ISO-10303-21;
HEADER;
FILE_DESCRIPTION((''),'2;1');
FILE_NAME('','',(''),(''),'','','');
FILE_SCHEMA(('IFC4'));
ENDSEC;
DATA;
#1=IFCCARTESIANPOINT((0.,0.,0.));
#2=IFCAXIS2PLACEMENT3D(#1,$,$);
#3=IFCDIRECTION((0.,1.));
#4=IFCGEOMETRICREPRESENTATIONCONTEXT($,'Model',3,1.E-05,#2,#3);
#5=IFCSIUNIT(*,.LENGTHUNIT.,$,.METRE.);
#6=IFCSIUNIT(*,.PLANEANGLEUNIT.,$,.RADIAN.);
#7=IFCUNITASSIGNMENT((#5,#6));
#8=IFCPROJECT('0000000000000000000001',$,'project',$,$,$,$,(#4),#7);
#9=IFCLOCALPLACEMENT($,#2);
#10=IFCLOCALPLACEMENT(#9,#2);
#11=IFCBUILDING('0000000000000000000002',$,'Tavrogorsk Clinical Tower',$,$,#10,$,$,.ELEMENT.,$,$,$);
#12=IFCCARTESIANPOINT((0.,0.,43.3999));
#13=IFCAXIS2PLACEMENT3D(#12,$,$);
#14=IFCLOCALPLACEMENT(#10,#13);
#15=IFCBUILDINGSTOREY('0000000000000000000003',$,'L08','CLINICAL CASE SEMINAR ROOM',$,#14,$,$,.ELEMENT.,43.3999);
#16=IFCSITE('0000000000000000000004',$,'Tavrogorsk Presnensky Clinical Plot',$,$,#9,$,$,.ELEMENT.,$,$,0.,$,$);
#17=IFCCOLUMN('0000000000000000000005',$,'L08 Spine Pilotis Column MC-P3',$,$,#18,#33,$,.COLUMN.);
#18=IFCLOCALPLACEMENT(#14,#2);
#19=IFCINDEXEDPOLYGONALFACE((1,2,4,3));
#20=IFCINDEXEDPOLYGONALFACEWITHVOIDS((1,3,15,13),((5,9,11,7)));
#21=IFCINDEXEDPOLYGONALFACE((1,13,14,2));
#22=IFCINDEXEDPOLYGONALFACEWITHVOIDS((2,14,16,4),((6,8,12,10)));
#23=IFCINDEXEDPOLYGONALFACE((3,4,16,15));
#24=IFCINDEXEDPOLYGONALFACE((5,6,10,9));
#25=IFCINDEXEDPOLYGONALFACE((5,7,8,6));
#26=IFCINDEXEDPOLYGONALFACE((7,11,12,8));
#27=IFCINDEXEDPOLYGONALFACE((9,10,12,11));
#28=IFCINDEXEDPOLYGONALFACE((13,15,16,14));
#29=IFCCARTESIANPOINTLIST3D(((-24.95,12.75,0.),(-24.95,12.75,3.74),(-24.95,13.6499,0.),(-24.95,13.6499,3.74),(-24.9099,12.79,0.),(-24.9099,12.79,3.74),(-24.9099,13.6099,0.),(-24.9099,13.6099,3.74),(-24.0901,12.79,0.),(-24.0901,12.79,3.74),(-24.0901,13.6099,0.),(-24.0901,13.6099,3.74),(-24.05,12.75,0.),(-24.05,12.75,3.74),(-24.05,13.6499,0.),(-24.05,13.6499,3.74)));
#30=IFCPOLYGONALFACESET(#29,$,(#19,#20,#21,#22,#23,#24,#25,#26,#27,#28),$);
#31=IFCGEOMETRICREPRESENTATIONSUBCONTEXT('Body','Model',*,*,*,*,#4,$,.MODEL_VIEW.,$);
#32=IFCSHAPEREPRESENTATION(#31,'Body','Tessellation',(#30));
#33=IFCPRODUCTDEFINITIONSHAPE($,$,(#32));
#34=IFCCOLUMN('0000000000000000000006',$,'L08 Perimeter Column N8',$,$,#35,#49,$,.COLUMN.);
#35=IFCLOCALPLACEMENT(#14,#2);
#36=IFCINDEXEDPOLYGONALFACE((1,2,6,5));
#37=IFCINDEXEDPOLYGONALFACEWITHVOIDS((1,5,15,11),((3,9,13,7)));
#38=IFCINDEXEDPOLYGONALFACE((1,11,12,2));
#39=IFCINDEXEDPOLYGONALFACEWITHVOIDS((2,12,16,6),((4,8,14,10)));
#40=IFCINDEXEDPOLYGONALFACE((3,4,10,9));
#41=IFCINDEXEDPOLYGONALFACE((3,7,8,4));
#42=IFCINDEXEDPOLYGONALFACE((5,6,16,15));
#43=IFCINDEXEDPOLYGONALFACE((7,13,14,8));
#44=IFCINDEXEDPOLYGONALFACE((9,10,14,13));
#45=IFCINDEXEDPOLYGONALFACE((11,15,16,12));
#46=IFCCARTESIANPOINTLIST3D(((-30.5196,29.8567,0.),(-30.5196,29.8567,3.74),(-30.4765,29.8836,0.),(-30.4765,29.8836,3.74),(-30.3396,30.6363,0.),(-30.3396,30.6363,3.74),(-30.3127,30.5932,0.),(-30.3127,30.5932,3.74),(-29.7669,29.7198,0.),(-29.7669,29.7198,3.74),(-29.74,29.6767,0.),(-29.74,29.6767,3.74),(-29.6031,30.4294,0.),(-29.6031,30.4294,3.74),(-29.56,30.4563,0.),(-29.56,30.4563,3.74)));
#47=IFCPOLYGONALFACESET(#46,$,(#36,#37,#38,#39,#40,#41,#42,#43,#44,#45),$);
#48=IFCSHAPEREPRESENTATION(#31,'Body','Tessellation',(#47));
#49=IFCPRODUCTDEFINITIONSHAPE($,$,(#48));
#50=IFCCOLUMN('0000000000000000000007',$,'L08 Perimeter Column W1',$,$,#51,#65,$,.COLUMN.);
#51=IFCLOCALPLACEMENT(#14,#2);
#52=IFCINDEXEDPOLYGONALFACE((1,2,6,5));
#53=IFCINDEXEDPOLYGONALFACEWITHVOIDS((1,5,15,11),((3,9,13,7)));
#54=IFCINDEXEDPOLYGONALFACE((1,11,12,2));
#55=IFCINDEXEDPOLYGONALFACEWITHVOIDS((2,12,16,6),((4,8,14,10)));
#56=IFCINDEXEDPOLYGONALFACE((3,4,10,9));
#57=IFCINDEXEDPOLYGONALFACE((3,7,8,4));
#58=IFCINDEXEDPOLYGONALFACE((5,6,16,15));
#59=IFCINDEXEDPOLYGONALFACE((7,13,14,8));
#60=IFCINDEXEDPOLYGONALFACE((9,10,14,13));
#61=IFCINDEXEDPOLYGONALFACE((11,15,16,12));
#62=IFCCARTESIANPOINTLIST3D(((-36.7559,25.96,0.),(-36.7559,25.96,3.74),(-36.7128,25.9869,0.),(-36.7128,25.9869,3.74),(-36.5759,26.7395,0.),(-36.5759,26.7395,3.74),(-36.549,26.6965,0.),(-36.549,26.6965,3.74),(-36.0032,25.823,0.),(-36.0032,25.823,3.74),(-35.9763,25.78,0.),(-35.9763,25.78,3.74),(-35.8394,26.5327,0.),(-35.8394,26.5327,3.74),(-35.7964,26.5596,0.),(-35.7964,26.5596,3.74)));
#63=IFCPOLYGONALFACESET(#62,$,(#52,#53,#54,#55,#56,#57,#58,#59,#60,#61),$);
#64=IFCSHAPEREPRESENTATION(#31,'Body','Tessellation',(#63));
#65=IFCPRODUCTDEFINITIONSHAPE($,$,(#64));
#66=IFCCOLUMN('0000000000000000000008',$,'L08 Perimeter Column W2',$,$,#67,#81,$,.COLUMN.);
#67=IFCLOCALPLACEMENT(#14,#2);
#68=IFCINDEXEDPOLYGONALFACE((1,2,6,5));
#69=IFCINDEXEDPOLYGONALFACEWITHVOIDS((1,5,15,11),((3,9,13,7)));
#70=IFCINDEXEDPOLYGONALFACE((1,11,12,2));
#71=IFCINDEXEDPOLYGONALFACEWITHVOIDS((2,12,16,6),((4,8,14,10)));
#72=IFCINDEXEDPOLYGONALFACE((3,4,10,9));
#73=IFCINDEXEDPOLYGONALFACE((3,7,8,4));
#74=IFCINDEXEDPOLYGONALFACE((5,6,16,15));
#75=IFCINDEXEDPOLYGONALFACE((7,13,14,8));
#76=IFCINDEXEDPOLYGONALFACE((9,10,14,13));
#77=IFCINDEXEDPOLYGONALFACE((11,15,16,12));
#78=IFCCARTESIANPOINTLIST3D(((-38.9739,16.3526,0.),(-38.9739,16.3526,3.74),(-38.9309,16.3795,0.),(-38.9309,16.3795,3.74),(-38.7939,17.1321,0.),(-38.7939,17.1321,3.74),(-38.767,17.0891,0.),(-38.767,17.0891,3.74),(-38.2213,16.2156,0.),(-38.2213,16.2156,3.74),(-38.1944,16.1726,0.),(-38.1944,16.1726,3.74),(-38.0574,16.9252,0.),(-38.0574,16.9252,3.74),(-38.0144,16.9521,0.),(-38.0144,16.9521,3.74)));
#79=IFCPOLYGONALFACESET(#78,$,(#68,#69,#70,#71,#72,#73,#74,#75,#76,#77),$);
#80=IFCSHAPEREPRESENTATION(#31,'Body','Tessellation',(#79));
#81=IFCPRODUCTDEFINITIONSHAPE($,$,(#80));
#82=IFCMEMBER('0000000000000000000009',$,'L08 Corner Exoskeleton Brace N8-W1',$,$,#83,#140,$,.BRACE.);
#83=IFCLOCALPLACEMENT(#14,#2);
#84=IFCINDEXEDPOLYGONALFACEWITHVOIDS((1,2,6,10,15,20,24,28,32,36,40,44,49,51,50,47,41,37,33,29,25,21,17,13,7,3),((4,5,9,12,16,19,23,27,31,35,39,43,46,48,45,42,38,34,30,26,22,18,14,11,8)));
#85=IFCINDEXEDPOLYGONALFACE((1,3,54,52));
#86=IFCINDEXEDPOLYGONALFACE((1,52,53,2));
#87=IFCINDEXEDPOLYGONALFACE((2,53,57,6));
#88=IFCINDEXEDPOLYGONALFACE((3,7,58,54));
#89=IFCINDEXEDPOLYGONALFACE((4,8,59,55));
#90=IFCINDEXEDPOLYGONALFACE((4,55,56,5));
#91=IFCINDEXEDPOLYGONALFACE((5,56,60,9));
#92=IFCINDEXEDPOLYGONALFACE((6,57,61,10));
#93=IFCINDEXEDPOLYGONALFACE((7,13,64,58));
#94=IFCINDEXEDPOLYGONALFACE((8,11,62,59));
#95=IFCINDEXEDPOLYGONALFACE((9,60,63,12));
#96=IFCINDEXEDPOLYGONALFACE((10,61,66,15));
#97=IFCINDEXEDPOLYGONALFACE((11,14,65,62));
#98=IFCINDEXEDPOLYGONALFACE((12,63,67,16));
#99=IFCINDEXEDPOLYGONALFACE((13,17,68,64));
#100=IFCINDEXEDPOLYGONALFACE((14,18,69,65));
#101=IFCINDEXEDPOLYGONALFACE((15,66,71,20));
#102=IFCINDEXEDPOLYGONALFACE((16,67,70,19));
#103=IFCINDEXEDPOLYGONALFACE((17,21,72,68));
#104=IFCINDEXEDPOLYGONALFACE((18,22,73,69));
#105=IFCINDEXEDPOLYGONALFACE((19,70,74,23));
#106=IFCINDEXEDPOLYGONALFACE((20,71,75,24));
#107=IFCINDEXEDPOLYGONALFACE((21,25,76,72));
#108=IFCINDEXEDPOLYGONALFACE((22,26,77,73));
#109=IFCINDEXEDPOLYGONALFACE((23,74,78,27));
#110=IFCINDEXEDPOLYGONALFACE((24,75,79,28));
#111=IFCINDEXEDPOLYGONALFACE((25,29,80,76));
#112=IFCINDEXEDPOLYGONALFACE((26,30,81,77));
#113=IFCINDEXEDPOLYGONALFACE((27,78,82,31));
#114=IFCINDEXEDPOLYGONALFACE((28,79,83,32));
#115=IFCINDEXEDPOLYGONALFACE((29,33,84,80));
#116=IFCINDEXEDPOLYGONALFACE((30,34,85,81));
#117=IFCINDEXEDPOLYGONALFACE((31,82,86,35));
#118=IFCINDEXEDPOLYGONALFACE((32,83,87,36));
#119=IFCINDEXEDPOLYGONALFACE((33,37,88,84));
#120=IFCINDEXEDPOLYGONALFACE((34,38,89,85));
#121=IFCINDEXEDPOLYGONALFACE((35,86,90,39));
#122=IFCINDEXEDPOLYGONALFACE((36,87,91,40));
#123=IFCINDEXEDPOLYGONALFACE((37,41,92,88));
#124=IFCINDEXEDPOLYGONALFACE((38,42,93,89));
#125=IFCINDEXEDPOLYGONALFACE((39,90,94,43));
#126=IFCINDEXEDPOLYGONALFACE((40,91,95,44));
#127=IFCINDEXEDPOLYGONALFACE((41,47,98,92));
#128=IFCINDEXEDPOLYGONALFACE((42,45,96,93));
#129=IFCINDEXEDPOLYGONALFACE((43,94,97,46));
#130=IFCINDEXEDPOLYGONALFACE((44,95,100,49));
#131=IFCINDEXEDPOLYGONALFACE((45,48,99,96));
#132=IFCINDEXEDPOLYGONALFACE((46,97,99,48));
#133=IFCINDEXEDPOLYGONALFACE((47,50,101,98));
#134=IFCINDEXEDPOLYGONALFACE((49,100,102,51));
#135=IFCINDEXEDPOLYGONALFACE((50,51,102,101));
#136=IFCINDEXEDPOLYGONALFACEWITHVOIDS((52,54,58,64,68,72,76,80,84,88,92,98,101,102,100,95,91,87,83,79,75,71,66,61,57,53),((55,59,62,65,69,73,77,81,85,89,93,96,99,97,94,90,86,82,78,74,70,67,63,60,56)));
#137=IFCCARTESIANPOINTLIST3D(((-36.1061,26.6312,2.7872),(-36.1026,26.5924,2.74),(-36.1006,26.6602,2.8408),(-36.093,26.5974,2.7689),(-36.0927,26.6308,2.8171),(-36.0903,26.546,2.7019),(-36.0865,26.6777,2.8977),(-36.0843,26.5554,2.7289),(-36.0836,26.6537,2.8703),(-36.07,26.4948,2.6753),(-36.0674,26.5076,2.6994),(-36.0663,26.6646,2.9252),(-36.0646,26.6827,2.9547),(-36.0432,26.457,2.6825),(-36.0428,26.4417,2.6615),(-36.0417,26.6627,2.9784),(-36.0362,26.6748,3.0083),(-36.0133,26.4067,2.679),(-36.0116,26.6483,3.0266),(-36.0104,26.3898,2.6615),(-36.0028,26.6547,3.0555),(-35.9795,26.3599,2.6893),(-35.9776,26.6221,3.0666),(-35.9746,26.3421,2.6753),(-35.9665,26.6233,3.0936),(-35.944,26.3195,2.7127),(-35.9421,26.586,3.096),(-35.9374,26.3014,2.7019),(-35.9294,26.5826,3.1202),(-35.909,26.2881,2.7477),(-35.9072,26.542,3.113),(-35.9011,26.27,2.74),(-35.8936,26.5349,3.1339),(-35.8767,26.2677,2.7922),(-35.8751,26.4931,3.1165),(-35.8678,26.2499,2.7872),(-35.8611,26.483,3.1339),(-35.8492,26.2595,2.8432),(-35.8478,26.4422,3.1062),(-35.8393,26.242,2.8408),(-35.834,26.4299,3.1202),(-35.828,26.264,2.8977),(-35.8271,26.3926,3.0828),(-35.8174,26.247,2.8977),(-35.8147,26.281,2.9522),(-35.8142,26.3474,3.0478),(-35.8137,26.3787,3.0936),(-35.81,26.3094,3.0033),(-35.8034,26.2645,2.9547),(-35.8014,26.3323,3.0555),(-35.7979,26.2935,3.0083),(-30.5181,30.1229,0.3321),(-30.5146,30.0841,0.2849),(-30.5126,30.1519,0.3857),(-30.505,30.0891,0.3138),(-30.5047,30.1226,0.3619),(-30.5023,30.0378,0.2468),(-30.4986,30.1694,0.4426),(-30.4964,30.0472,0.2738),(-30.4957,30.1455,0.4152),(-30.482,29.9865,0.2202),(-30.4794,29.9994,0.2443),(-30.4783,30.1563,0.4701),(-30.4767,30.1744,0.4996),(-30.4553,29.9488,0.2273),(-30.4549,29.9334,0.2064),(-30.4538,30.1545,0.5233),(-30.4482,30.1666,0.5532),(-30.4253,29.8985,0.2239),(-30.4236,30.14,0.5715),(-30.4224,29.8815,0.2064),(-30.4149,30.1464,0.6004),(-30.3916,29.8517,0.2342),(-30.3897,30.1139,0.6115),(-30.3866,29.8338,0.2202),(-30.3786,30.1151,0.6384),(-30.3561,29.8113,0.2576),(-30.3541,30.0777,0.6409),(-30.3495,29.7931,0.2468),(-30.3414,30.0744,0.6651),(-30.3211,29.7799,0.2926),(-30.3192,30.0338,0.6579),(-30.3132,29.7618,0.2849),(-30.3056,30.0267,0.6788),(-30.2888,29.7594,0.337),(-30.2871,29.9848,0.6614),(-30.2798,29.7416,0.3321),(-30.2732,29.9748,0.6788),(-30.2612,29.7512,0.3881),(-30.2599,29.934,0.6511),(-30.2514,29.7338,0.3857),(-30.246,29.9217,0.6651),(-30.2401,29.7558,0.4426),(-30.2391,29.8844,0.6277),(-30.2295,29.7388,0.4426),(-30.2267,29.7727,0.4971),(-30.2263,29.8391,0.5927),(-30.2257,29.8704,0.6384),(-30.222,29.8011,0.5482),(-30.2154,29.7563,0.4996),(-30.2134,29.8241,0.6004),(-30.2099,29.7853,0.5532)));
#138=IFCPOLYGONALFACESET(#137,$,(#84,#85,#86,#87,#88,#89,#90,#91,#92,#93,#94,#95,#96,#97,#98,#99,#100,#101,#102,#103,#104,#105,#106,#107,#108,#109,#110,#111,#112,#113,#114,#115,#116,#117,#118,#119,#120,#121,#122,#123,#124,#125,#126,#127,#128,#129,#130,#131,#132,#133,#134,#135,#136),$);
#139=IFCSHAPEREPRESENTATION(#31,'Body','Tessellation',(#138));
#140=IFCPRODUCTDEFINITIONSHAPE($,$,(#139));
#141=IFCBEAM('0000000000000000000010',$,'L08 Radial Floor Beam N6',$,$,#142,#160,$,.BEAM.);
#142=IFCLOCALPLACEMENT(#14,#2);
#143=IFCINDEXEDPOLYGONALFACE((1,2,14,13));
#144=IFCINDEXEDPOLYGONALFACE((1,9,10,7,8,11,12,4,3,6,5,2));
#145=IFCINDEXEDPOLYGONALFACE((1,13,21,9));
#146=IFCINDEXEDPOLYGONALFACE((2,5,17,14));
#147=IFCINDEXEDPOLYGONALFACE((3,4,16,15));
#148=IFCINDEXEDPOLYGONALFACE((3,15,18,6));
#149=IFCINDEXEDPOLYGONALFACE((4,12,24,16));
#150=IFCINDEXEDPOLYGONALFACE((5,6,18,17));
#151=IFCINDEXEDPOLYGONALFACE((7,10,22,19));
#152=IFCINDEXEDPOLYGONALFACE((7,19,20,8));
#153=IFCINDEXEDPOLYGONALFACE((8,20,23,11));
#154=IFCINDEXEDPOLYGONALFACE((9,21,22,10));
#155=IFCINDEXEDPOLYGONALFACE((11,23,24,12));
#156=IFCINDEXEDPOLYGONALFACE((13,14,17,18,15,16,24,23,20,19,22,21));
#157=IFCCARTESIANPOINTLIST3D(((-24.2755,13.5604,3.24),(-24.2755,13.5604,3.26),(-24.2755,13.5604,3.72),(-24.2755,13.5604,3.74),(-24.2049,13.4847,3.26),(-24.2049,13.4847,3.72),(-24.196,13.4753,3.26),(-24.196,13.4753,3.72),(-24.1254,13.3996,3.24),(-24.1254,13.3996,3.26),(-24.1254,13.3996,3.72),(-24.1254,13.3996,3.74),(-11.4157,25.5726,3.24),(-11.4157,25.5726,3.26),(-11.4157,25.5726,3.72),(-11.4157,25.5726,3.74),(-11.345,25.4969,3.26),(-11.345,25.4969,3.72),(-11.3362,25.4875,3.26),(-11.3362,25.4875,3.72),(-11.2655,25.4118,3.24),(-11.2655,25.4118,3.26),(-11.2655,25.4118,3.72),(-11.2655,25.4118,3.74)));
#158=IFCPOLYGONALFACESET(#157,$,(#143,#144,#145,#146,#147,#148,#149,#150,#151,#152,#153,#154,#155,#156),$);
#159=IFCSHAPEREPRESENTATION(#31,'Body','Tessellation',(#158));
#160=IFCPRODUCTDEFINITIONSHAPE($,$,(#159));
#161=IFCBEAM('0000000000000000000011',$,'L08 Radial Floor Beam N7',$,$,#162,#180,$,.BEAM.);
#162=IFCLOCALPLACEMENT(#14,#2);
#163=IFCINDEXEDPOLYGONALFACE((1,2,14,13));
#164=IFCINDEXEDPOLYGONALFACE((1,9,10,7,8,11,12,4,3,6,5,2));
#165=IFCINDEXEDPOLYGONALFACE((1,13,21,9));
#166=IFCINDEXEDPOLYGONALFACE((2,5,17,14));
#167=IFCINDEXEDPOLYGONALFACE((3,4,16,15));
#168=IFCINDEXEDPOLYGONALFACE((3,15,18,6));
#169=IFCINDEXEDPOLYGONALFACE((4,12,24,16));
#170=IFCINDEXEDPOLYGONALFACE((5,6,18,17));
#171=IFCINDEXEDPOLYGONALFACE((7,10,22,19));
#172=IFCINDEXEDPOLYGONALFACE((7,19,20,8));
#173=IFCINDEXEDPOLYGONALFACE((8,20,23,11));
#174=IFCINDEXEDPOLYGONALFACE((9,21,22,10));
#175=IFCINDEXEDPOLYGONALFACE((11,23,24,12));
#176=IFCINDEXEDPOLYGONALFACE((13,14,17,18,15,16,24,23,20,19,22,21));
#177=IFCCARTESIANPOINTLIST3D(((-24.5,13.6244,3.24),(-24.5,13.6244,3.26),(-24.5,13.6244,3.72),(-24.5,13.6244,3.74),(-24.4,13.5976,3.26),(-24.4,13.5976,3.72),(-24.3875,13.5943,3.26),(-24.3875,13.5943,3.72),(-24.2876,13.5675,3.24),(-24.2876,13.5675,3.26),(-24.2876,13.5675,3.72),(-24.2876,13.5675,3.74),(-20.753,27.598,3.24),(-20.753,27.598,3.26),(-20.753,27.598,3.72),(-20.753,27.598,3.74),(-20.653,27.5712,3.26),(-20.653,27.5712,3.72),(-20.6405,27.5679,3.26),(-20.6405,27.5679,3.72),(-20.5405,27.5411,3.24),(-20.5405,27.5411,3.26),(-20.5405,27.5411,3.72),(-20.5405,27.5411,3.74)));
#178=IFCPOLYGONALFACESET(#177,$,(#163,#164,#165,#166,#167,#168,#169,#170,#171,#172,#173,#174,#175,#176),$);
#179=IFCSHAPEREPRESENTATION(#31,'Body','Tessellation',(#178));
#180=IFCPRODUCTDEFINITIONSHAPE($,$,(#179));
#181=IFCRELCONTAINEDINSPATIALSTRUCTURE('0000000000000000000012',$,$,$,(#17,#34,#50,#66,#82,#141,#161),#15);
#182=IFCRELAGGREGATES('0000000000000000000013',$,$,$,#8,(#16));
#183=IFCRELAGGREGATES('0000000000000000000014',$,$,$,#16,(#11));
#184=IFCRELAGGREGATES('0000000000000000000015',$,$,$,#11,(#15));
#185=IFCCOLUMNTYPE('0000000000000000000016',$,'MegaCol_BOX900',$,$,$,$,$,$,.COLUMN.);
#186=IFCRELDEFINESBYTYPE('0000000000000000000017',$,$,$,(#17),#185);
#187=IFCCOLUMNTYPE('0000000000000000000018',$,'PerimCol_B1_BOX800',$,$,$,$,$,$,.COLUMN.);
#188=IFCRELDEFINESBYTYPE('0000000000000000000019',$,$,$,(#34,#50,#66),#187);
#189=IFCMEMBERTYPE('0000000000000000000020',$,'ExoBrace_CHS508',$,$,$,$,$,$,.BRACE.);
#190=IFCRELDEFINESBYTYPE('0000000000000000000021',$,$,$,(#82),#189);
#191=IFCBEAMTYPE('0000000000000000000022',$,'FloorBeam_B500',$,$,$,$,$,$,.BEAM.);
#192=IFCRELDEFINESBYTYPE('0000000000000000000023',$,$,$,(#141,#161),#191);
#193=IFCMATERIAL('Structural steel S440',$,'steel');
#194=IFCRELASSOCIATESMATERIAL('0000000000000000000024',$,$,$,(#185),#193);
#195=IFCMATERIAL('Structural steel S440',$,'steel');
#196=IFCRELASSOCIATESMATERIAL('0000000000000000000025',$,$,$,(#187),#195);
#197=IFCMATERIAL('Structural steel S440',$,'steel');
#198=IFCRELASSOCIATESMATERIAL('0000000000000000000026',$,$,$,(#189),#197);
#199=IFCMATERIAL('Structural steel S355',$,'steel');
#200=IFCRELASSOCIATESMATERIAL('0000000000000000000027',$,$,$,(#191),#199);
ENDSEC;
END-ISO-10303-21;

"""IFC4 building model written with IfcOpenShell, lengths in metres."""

from ifc_helpers import new_model, si_unit, direction, frame, origin, origin_2d, place, context, subcontext, project, spatial, hollow_rectangle, hollow_circle, i_section, extrude, material, material_profile, profile_set, type_object, element, save


model = new_model("IFC4")

# Units and contexts
model_context = context("Model", 3, precision=1e-05, world=origin(), true_north=direction((0.0, 1.0)))
body_context = subcontext(model_context, "Body", "Model", "MODEL_VIEW")
ifc_project = project(units=[si_unit("LENGTHUNIT", "METRE"), si_unit("PLANEANGLEUNIT", "RADIAN")], contexts=[model_context])

# Site, building, storey
site_placement = place(None, origin())
site = spatial("IfcSite", under=ifc_project, at=site_placement, Name="Tavrogorsk Presnensky Clinical Plot", CompositionType="ELEMENT", RefElevation=0.0)
building_placement = place(site_placement, origin())
building = spatial("IfcBuilding", under=site, at=building_placement, Name="Tavrogorsk Clinical Tower", CompositionType="ELEMENT")
storey_placement = place(building_placement, frame((0.0, 0.0, 43.3999)))
storey = spatial("IfcBuildingStorey", under=building, at=storey_placement, Name="L08", Description="CLINICAL CASE SEMINAR ROOM", CompositionType="ELEMENT", Elevation=43.3999)

# Columns
ifc_material_1 = material(Name="Structural steel S440", Category="steel")
ifc_material_profile_1 = material_profile(ifc_material_1, hollow_rectangle(XDim=0.8999, YDim=0.8999, WallThickness=0.04, at=origin_2d()), Name="BOX-900x900x40")
ifc_profile_set_1 = profile_set([ifc_material_profile_1], Name="Structural steel S440")
column_type_1 = type_object("IfcColumnType", Name="MegaCol_BOX900", PredefinedType="COLUMN", material=ifc_profile_set_1)
column_placement = place(storey_placement, frame((-24.5, 13.2, 0.0), z_axis=(0.0, 0.0, 1.0), x_axis=(1.0, 0.0, 0.0)))
element("IfcColumn", 1, at=column_placement, inside=storey, type_object=column_type_1, Name="L08 Spine Pilotis Column MC-P3", PredefinedType="COLUMN", context=body_context, shape_type="SweptSolid", body=[
    extrude(hollow_rectangle(XDim=0.8999, YDim=0.8999, WallThickness=0.04, at=origin_2d()), origin(), (0.0, 0.0, 1.0), 3.74),
])
ifc_material_2 = material(Name="Structural steel S440", Category="steel")
ifc_material_profile_2 = material_profile(ifc_material_2, hollow_rectangle(XDim=0.8, YDim=0.8, WallThickness=0.0359, at=origin_2d()), Name="BOX-800x800x36")
ifc_profile_set_2 = profile_set([ifc_material_profile_2], Name="Structural steel S440")
column_type_2 = type_object("IfcColumnType", Name="PerimCol_B1_BOX800", PredefinedType="COLUMN", material=ifc_profile_set_2)
for number, where, z_axis, x_axis, name in (
    (2, (-30.0398, 30.1565, 0.0), (0.0, 0.0, 1.0), (0.97437, -0.224951, 0.0), "L08 Perimeter Column N8"),
    (3, (-36.2761, 26.2598, 0.0), (0.0, 0.0, 1.0), (0.97437, -0.224951, 0.0), "L08 Perimeter Column W1"),
    (4, (-38.4941, 16.6523, 0.0), (0.0, 0.0, 1.0), (0.97437, -0.224951, 0.0), "L08 Perimeter Column W2"),
):
    element("IfcColumn", number, at=place(storey_placement, frame(where, z_axis=z_axis, x_axis=x_axis)), inside=storey, type_object=column_type_2, Name=name, PredefinedType="COLUMN", context=body_context, shape_type="SweptSolid", body=[
        extrude(hollow_rectangle(XDim=0.8, YDim=0.8, WallThickness=0.0359, at=origin_2d()), origin(), (0.0, 0.0, 1.0), 3.74),
    ])

# Member
ifc_material_3 = material(Name="Structural steel S440", Category="steel")
ifc_material_profile_3 = material_profile(ifc_material_3, hollow_circle(Radius=0.2539, WallThickness=0.02, at=origin_2d()), Name="CHS-508x20")
ifc_profile_set_3 = profile_set([ifc_material_profile_3], Name="Structural steel S440")
member_type_1 = type_object("IfcMemberType", Name="ExoBrace_CHS508", PredefinedType="BRACE", material=ifc_profile_set_3)
member_1_placement = place(storey_placement, frame((-30.364, 29.9541, 0.4426), z_axis=(-0.794679, -0.49657, 0.349148), x_axis=(0.529919, -0.848048, 0.0)))
element("IfcMember", 5, at=member_1_placement, inside=storey, type_object=member_type_1, Name="L08 Corner Exoskeleton Brace N8-W1", PredefinedType="BRACE", context=body_context, shape_type="SweptSolid", body=[
    extrude(hollow_circle(Radius=0.2539, WallThickness=0.02, at=origin_2d()), origin(), (0.0, 0.0, 1.0), 7.0317),
])

# Beams
ifc_material_4 = material(Name="Structural steel S355", Category="steel")
ifc_material_profile_4 = material_profile(ifc_material_4, i_section(OverallWidth=0.22, OverallDepth=0.5, WebThickness=0.0129, FlangeThickness=0.02, at=origin_2d()), Name="B-500x220x13x20")
ifc_profile_set_4 = profile_set([ifc_material_profile_4], Name="Structural steel S355")
beam_type_1 = type_object("IfcBeamType", Name="FloorBeam_B500", PredefinedType="BEAM", material=ifc_profile_set_4)
beam_1_placement = place(storey_placement, frame((-24.2004, 13.48, 3.49), z_axis=(0.730781, 0.682612, 0.0), x_axis=(-0.682612, 0.730781, 0.0)))
element("IfcBeam", 6, at=beam_1_placement, inside=storey, type_object=beam_type_1, Name="L08 Radial Floor Beam N6", PredefinedType="BEAM", context=body_context, shape_type="SweptSolid", body=[
    extrude(i_section(OverallWidth=0.22, OverallDepth=0.5, WebThickness=0.0129, FlangeThickness=0.02, at=origin_2d()), origin(), (0.0, 0.0, 1.0), 17.5974),
])
beam_2_placement = place(storey_placement, frame((-24.3938, 13.5959, 3.49), z_axis=(0.259003, 0.965877, 0.0), x_axis=(-0.965877, 0.259003, 0.0)))
element("IfcBeam", 7, at=beam_2_placement, inside=storey, type_object=beam_type_1, Name="L08 Radial Floor Beam N7", PredefinedType="BEAM", context=body_context, shape_type="SweptSolid", body=[
    extrude(i_section(OverallWidth=0.22, OverallDepth=0.5, WebThickness=0.0129, FlangeThickness=0.02, at=origin_2d()), origin(), (0.0, 0.0, 1.0), 14.4673),
])

save(model, "model.ifc")
